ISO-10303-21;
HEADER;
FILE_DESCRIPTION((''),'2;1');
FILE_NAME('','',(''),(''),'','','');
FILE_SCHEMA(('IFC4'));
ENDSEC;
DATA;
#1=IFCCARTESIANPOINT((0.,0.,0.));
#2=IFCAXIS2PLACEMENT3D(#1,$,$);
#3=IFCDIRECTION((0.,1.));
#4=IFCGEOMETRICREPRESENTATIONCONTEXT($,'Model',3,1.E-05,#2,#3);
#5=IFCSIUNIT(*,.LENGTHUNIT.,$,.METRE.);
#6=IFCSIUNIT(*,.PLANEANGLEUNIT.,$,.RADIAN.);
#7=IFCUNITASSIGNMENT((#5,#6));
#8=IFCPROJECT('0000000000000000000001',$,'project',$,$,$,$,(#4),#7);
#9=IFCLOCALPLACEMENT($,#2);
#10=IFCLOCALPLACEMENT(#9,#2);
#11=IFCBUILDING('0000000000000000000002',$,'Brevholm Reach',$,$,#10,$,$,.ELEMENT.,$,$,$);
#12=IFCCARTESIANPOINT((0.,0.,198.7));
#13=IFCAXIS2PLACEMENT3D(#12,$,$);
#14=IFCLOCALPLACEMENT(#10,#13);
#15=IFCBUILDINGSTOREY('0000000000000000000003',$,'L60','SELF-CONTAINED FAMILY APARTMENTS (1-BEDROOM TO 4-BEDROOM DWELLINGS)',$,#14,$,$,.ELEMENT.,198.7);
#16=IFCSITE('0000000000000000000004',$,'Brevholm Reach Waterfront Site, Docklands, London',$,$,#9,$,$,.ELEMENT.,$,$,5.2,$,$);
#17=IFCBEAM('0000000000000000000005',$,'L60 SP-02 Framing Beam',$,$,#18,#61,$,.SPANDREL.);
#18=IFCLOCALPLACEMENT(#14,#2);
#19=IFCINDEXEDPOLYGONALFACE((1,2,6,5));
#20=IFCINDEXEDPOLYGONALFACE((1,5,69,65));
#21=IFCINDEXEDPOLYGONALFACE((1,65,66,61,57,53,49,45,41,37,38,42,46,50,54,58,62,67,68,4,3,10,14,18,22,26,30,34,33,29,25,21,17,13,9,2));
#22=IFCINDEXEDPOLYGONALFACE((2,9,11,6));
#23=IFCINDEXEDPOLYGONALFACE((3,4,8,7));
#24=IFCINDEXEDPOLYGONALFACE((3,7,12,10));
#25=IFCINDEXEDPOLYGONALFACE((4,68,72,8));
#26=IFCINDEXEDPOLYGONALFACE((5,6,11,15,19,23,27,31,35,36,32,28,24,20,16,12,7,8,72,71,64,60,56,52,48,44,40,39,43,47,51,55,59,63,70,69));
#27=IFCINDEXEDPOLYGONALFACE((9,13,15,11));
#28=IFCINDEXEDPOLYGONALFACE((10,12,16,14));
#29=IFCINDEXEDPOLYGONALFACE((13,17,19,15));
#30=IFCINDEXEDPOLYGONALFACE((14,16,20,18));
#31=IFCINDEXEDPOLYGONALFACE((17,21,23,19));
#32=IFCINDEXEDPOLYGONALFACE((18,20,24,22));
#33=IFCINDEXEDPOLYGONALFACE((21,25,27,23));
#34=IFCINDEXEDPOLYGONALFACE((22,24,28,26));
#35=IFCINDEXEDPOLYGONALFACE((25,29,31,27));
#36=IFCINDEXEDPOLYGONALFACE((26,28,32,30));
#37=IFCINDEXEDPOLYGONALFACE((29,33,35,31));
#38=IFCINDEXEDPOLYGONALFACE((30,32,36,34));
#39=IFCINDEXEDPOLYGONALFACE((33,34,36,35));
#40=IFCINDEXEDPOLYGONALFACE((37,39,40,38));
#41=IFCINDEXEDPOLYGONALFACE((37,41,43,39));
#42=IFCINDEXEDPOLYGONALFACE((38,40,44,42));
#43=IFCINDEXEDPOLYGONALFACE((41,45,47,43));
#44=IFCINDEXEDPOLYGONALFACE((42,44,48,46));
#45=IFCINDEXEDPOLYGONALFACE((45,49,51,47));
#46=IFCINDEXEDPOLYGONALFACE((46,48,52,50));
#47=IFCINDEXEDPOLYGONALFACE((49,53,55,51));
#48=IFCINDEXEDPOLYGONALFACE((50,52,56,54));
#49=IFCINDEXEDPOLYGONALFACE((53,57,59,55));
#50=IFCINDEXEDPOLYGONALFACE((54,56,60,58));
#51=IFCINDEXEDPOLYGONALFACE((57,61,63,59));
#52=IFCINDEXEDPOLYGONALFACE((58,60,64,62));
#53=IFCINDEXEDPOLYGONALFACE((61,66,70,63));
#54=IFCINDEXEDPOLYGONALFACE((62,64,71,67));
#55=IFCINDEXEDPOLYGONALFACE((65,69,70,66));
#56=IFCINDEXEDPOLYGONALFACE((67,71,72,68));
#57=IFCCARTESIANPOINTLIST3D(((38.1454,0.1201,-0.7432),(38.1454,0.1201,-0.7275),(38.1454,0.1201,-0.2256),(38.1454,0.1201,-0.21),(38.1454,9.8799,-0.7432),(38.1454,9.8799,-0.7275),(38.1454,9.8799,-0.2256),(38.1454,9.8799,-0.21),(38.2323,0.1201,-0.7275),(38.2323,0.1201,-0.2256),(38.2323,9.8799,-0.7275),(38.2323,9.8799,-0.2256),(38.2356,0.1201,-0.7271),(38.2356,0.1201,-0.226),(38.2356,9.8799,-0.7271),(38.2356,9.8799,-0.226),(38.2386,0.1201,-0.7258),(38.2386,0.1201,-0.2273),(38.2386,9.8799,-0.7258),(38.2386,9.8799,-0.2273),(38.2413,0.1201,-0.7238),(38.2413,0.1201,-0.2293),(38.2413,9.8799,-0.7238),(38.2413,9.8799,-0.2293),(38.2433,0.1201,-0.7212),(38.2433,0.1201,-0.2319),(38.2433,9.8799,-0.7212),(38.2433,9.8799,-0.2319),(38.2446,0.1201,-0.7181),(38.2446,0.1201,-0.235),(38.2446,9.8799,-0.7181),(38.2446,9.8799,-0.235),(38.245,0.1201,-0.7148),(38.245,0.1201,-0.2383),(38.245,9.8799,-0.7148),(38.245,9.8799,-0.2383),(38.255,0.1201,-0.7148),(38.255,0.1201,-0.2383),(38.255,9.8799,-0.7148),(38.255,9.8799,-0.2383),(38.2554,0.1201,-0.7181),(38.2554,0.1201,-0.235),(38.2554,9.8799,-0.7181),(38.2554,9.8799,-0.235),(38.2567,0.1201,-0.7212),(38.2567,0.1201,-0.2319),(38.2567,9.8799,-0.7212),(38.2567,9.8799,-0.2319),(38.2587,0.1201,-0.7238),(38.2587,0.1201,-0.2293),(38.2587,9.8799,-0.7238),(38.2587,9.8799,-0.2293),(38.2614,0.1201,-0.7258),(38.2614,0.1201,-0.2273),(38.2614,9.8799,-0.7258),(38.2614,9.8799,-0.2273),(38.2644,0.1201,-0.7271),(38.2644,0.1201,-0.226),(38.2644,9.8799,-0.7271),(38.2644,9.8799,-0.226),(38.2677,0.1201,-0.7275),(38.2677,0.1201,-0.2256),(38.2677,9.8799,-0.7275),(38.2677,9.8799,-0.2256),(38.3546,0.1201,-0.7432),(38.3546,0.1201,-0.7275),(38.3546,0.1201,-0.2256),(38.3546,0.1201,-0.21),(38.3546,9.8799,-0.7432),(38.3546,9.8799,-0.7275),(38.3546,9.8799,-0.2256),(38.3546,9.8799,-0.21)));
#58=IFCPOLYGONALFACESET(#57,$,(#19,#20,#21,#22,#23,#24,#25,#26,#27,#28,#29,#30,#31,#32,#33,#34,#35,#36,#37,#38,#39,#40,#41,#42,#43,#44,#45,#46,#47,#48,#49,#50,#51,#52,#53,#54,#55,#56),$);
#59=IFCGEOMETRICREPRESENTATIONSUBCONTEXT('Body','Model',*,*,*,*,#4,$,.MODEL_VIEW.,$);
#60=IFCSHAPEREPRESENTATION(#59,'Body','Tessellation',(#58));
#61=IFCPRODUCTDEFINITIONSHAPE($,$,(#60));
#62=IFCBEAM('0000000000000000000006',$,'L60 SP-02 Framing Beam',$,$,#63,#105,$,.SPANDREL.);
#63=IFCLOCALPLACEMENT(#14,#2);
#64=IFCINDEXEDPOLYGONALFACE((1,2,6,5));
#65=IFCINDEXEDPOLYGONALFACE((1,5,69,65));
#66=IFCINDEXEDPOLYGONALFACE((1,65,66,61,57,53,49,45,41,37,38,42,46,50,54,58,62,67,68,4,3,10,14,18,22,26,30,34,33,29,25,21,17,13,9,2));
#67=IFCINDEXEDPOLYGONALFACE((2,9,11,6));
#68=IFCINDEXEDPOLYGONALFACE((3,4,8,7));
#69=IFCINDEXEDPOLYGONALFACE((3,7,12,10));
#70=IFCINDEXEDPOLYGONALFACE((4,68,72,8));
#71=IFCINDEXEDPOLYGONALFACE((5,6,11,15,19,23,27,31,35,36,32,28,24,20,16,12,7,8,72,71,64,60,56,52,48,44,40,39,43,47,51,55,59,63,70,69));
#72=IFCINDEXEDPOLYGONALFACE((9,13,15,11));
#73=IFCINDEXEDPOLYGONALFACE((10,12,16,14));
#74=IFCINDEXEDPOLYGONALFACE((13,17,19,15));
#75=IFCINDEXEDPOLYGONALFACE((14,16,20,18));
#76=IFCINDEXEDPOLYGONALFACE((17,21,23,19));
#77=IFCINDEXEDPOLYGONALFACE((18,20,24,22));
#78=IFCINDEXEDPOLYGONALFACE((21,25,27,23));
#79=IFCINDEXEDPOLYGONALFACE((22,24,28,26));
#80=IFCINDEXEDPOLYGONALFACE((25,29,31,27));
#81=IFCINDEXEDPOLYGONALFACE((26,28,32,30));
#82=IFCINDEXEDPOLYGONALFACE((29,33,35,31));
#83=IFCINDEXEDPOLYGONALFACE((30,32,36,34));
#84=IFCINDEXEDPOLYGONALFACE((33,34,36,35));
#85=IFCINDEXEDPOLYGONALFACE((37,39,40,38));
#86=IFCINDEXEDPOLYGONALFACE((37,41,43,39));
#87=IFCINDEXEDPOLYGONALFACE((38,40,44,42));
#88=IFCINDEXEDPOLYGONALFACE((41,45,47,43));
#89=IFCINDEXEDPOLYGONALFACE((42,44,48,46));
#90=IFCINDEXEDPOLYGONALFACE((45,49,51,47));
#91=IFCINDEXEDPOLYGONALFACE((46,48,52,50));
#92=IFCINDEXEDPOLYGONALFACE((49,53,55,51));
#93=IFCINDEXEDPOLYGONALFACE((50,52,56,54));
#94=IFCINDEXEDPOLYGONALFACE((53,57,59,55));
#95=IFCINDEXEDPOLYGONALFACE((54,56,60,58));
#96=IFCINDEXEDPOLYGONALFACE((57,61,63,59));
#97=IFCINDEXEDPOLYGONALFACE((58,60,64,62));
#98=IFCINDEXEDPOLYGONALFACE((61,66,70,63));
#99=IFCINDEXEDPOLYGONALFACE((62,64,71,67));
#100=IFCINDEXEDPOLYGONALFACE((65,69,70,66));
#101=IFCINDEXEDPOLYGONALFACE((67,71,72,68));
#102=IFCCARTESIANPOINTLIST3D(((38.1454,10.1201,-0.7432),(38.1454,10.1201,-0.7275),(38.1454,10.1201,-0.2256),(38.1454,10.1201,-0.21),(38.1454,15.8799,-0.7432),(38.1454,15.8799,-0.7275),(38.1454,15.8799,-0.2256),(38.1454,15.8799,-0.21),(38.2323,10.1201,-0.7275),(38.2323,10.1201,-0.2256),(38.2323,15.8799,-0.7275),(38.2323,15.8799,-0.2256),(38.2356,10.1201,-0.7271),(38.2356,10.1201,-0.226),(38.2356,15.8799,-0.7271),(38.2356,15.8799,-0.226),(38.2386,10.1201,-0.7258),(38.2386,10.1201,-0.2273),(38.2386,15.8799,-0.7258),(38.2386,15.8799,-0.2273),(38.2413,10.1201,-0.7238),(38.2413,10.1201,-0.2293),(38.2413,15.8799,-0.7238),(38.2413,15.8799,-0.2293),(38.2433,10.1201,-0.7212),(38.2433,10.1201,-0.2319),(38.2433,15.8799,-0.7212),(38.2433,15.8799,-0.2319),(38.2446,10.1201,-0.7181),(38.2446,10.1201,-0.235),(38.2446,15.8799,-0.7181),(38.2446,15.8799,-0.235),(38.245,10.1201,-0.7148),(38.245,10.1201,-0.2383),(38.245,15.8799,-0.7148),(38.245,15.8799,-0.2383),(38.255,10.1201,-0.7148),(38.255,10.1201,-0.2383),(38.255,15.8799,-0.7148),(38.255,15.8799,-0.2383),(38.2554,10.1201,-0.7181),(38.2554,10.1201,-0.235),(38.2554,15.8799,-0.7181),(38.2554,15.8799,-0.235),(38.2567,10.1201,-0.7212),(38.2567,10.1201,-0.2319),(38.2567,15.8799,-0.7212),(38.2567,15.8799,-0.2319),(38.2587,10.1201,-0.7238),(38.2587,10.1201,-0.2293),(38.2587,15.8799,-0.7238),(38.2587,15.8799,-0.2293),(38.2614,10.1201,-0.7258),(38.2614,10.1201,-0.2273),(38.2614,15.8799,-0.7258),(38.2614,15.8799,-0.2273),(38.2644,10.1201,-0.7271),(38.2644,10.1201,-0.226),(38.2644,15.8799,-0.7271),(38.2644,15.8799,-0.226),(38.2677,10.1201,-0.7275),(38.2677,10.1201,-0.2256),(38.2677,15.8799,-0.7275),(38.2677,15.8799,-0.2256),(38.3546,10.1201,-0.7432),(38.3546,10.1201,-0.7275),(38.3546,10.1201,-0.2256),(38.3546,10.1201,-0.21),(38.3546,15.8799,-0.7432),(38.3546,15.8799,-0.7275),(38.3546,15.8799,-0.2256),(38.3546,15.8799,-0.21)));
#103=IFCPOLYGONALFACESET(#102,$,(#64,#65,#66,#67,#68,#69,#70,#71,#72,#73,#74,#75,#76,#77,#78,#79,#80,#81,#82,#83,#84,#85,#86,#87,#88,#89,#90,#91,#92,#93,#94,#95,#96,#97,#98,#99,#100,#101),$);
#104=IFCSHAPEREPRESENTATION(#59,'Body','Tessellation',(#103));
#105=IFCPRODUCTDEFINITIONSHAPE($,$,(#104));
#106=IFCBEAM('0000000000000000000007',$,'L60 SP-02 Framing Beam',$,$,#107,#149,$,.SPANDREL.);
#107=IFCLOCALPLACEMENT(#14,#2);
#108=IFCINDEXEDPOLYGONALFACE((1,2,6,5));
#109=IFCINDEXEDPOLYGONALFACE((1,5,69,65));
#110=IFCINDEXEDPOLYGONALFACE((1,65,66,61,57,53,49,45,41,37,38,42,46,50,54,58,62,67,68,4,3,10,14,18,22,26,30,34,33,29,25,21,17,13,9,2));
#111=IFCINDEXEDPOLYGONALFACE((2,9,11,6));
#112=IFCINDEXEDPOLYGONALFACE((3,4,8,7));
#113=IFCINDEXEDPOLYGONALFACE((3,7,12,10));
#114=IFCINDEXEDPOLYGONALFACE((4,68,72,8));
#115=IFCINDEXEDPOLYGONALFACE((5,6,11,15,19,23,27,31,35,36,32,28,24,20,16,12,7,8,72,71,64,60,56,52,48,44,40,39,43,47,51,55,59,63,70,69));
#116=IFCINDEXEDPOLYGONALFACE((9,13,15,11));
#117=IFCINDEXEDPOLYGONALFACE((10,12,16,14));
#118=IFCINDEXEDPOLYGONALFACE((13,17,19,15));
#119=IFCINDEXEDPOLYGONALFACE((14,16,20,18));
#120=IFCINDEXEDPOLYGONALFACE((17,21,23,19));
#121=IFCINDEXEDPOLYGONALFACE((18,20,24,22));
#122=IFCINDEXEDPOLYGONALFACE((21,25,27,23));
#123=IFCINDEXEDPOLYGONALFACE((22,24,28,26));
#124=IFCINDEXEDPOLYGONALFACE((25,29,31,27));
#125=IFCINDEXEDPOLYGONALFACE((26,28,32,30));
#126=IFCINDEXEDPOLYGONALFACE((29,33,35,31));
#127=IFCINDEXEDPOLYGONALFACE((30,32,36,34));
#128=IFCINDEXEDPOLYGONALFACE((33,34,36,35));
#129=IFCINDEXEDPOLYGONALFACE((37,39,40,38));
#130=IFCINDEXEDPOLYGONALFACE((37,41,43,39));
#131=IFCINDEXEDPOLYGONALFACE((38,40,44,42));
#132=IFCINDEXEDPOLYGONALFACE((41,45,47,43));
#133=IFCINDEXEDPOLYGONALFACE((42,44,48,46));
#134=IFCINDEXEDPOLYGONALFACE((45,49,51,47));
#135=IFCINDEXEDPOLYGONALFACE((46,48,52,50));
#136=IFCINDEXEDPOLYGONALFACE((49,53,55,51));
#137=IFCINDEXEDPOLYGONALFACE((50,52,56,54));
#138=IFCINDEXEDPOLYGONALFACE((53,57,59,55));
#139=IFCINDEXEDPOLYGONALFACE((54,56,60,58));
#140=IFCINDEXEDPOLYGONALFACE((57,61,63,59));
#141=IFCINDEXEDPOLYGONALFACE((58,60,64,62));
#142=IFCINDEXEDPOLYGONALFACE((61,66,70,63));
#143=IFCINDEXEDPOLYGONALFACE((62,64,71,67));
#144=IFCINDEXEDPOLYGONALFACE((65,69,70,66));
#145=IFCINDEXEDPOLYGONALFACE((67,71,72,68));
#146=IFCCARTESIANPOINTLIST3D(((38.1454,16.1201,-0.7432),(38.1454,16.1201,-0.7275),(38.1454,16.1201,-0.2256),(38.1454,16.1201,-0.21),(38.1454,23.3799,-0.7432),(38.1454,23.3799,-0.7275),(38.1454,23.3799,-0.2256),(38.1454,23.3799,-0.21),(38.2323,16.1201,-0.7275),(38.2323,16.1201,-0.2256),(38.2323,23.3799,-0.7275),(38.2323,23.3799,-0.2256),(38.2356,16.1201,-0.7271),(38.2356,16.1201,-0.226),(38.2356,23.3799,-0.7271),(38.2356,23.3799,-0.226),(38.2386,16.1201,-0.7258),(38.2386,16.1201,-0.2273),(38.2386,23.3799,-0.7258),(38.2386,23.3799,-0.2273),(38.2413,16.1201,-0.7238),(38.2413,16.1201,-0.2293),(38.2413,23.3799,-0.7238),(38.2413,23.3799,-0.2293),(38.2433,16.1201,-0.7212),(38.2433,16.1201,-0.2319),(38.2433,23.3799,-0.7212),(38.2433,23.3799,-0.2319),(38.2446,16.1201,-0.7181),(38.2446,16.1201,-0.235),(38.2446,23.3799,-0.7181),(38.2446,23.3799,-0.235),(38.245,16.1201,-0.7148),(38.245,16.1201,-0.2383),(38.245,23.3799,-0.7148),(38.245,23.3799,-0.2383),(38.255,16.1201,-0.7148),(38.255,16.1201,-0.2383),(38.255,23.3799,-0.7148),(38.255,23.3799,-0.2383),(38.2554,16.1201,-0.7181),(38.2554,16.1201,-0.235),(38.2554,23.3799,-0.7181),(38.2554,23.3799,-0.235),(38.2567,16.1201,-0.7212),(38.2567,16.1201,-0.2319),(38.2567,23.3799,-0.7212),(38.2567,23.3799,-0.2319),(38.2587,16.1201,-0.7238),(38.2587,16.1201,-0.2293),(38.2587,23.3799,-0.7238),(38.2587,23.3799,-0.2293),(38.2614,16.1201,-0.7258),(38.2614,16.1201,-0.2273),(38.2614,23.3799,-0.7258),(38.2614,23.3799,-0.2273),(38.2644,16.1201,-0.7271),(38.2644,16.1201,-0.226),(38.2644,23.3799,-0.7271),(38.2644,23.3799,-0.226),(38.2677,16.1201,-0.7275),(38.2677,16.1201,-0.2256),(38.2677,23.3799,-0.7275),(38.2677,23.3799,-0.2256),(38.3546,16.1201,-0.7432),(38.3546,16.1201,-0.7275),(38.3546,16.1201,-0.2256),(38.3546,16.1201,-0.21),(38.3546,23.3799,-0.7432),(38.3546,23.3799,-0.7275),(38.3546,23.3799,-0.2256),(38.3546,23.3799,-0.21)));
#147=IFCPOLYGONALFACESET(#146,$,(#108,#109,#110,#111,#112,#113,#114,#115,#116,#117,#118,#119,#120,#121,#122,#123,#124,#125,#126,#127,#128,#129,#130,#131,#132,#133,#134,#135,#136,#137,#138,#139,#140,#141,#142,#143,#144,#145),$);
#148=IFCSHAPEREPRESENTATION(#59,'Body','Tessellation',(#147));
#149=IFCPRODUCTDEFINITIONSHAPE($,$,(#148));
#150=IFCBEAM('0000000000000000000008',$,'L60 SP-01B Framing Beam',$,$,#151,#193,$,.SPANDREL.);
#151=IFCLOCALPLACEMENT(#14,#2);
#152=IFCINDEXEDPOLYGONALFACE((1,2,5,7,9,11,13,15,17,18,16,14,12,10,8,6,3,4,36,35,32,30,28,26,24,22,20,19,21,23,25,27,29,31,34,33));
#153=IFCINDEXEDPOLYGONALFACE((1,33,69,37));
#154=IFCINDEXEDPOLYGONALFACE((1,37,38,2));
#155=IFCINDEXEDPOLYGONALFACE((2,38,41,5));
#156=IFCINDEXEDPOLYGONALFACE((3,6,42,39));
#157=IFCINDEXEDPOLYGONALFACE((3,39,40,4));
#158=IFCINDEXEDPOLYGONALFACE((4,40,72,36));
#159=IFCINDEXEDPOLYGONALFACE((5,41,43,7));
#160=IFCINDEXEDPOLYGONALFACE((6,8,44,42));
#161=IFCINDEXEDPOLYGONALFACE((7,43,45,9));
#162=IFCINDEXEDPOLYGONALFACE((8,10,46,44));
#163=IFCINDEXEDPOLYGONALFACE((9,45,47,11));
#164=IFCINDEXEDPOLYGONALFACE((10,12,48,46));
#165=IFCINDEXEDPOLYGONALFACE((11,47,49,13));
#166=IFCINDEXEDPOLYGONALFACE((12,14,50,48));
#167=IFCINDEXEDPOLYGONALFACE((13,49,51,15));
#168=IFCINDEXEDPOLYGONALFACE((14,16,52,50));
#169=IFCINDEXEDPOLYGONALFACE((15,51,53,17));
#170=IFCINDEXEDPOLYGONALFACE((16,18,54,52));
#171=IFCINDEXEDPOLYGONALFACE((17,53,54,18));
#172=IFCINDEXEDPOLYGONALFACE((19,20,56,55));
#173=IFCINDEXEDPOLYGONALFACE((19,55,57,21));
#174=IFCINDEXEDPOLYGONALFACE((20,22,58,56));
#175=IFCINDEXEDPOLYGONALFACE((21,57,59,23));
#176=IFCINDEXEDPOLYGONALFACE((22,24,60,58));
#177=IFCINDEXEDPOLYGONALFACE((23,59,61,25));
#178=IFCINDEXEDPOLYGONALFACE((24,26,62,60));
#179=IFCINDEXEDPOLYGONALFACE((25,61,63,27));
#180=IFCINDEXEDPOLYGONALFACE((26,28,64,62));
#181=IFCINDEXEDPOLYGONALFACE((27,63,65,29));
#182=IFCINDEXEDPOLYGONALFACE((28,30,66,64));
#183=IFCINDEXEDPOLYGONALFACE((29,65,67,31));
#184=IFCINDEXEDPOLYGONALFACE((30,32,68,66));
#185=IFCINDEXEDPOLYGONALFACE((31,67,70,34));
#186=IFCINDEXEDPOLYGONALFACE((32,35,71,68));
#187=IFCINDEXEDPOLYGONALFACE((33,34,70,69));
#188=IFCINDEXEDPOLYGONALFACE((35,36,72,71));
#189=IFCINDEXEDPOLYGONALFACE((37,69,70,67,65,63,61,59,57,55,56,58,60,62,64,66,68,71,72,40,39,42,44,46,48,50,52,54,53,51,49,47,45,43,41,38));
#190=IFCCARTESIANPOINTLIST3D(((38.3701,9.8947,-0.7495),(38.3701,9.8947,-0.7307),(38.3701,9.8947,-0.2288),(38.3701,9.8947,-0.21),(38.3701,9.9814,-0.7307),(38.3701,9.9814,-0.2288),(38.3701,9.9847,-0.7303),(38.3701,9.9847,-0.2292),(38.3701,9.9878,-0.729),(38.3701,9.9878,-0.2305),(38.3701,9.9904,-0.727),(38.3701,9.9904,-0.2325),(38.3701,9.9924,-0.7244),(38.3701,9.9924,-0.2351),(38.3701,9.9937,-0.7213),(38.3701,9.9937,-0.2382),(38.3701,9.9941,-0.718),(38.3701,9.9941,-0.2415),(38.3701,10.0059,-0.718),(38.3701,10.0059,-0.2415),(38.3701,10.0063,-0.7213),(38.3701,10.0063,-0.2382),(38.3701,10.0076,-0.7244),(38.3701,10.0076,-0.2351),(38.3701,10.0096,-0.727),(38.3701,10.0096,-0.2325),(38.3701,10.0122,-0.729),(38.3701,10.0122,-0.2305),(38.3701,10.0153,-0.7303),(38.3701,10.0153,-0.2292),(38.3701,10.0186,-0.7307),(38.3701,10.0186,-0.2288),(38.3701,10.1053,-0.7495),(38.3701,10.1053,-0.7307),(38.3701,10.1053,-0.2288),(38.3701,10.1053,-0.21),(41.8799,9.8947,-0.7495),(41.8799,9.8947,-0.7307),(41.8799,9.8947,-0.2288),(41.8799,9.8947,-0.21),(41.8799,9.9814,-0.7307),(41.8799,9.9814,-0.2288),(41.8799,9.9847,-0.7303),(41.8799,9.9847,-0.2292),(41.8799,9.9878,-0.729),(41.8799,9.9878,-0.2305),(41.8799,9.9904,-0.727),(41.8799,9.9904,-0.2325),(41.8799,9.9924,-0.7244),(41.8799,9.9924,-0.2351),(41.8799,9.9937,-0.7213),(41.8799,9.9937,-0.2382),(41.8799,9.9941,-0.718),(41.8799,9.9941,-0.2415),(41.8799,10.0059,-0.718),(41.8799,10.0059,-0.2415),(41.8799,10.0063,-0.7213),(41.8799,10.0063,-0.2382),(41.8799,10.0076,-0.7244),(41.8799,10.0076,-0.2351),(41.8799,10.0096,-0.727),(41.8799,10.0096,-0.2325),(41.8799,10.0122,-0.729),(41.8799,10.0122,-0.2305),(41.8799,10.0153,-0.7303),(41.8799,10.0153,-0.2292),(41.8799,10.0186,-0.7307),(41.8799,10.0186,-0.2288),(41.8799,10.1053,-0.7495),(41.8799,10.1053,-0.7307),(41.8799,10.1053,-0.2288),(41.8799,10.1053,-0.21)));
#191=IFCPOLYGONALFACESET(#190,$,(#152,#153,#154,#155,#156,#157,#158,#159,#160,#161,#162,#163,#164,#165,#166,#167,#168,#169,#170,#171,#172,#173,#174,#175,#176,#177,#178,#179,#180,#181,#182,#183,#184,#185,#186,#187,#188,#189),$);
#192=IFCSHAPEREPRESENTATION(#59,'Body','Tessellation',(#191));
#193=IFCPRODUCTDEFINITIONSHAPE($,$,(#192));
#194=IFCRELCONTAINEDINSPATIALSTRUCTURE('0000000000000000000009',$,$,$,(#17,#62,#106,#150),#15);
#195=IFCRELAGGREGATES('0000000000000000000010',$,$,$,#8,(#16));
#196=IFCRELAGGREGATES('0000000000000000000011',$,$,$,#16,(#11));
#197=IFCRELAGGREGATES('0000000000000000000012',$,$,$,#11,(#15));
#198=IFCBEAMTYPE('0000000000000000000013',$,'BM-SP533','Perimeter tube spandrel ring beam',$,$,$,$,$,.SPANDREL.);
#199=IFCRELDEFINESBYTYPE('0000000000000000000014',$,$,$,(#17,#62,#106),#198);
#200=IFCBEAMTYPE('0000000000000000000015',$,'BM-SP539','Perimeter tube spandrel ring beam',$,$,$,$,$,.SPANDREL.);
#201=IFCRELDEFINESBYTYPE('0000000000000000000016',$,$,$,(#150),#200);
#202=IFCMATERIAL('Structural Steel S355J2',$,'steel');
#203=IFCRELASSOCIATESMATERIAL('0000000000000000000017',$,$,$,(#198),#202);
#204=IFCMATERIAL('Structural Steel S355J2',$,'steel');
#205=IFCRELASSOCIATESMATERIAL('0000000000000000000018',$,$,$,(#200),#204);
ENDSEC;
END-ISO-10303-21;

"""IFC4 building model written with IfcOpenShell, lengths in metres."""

from ifc_helpers import new_model, si_unit, direction, frame, origin, origin_2d, place, context, subcontext, project, spatial, i_section, extrude, material, material_profile, profile_set, type_object, element, save


model = new_model("IFC4")

# Units and contexts
model_context = context("Model", 3, precision=1e-05, world=origin(), true_north=direction((0.0, 1.0)))
body_context = subcontext(model_context, "Body", "Model", "MODEL_VIEW")
ifc_project = project(units=[si_unit("LENGTHUNIT", "METRE"), si_unit("PLANEANGLEUNIT", "RADIAN")], contexts=[model_context])

# Site, building, storey
site_placement = place(None, origin())
site = spatial("IfcSite", under=ifc_project, at=site_placement, Name="Brevholm Reach Waterfront Site, Docklands, London", CompositionType="ELEMENT", RefElevation=5.2)
building_placement = place(site_placement, origin())
building = spatial("IfcBuilding", under=site, at=building_placement, Name="Brevholm Reach", CompositionType="ELEMENT")
storey_placement = place(building_placement, frame((0.0, 0.0, 198.7)))
storey = spatial("IfcBuildingStorey", under=building, at=storey_placement, Name="L60", Description="SELF-CONTAINED FAMILY APARTMENTS (1-BEDROOM TO 4-BEDROOM DWELLINGS)", CompositionType="ELEMENT", Elevation=198.7)

# Beams
ifc_material_1 = material(Name="Structural Steel S355J2", Category="steel")
ifc_material_profile_1 = material_profile(ifc_material_1, i_section(OverallWidth=0.2092, OverallDepth=0.5332, WebThickness=0.01, FlangeThickness=0.0156, FilletRadius=0.0127, at=origin_2d()), Name="UKB 533x210x92")
ifc_profile_set_1 = profile_set([ifc_material_profile_1], Name="Structural Steel S355J2")
beam_type_1 = type_object("IfcBeamType", Name="BM-SP533", Description="Perimeter tube spandrel ring beam", PredefinedType="SPANDREL", material=ifc_profile_set_1)
beam_1_placement = place(storey_placement, frame((38.25, 0.1201, -0.4766), z_axis=(0.0, 1.0, 0.0), x_axis=(-1.0, 0.0, 0.0)))
element("IfcBeam", 1, at=beam_1_placement, inside=storey, type_object=beam_type_1, Name="L60 SP-02 Framing Beam", PredefinedType="SPANDREL", context=body_context, shape_type="SweptSolid", body=[
    extrude(i_section(OverallWidth=0.2092, OverallDepth=0.5332, WebThickness=0.01, FlangeThickness=0.0156, FilletRadius=0.0127, at=origin_2d()), origin(), (0.0, 0.0, 1.0), 9.7598),
])
beam_2_placement = place(storey_placement, frame((38.25, 10.1201, -0.4766), z_axis=(0.0, 1.0, 0.0), x_axis=(-1.0, 0.0, 0.0)))
element("IfcBeam", 2, at=beam_2_placement, inside=storey, type_object=beam_type_1, Name="L60 SP-02 Framing Beam", PredefinedType="SPANDREL", context=body_context, shape_type="SweptSolid", body=[
    extrude(i_section(OverallWidth=0.2092, OverallDepth=0.5332, WebThickness=0.01, FlangeThickness=0.0156, FilletRadius=0.0127, at=origin_2d()), origin(), (0.0, 0.0, 1.0), 5.7598),
])
beam_3_placement = place(storey_placement, frame((38.25, 16.1201, -0.4766), z_axis=(0.0, 1.0, 0.0), x_axis=(-1.0, 0.0, 0.0)))
element("IfcBeam", 3, at=beam_3_placement, inside=storey, type_object=beam_type_1, Name="L60 SP-02 Framing Beam", PredefinedType="SPANDREL", context=body_context, shape_type="SweptSolid", body=[
    extrude(i_section(OverallWidth=0.2092, OverallDepth=0.5332, WebThickness=0.01, FlangeThickness=0.0156, FilletRadius=0.0127, at=origin_2d()), origin(), (0.0, 0.0, 1.0), 7.2598),
])
ifc_material_2 = material(Name="Structural Steel S355J2", Category="steel")
ifc_material_profile_2 = material_profile(ifc_material_2, i_section(OverallWidth=0.2107, OverallDepth=0.5396, WebThickness=0.0117, FlangeThickness=0.0188, FilletRadius=0.0127, at=origin_2d()), Name="UKB 533x210x109")
ifc_profile_set_2 = profile_set([ifc_material_profile_2], Name="Structural Steel S355J2")
beam_type_2 = type_object("IfcBeamType", Name="BM-SP539", Description="Perimeter tube spandrel ring beam", PredefinedType="SPANDREL", material=ifc_profile_set_2)
for number, where, z_axis, x_axis, name in (
    (4, (38.3701, 10.0, -0.4797), (1.0, 0.0, 0.0), (0.0, 1.0, 0.0), "L60 SP-01B Framing Beam"),
):
    element("IfcBeam", number, at=place(storey_placement, frame(where, z_axis=z_axis, x_axis=x_axis)), inside=storey, type_object=beam_type_2, Name=name, PredefinedType="SPANDREL", context=body_context, shape_type="SweptSolid", body=[
        extrude(i_section(OverallWidth=0.2107, OverallDepth=0.5396, WebThickness=0.0117, FlangeThickness=0.0188, FilletRadius=0.0127, at=origin_2d()), origin(), (0.0, 0.0, 1.0), 3.5098),
    ])

save(model, "model.ifc")
